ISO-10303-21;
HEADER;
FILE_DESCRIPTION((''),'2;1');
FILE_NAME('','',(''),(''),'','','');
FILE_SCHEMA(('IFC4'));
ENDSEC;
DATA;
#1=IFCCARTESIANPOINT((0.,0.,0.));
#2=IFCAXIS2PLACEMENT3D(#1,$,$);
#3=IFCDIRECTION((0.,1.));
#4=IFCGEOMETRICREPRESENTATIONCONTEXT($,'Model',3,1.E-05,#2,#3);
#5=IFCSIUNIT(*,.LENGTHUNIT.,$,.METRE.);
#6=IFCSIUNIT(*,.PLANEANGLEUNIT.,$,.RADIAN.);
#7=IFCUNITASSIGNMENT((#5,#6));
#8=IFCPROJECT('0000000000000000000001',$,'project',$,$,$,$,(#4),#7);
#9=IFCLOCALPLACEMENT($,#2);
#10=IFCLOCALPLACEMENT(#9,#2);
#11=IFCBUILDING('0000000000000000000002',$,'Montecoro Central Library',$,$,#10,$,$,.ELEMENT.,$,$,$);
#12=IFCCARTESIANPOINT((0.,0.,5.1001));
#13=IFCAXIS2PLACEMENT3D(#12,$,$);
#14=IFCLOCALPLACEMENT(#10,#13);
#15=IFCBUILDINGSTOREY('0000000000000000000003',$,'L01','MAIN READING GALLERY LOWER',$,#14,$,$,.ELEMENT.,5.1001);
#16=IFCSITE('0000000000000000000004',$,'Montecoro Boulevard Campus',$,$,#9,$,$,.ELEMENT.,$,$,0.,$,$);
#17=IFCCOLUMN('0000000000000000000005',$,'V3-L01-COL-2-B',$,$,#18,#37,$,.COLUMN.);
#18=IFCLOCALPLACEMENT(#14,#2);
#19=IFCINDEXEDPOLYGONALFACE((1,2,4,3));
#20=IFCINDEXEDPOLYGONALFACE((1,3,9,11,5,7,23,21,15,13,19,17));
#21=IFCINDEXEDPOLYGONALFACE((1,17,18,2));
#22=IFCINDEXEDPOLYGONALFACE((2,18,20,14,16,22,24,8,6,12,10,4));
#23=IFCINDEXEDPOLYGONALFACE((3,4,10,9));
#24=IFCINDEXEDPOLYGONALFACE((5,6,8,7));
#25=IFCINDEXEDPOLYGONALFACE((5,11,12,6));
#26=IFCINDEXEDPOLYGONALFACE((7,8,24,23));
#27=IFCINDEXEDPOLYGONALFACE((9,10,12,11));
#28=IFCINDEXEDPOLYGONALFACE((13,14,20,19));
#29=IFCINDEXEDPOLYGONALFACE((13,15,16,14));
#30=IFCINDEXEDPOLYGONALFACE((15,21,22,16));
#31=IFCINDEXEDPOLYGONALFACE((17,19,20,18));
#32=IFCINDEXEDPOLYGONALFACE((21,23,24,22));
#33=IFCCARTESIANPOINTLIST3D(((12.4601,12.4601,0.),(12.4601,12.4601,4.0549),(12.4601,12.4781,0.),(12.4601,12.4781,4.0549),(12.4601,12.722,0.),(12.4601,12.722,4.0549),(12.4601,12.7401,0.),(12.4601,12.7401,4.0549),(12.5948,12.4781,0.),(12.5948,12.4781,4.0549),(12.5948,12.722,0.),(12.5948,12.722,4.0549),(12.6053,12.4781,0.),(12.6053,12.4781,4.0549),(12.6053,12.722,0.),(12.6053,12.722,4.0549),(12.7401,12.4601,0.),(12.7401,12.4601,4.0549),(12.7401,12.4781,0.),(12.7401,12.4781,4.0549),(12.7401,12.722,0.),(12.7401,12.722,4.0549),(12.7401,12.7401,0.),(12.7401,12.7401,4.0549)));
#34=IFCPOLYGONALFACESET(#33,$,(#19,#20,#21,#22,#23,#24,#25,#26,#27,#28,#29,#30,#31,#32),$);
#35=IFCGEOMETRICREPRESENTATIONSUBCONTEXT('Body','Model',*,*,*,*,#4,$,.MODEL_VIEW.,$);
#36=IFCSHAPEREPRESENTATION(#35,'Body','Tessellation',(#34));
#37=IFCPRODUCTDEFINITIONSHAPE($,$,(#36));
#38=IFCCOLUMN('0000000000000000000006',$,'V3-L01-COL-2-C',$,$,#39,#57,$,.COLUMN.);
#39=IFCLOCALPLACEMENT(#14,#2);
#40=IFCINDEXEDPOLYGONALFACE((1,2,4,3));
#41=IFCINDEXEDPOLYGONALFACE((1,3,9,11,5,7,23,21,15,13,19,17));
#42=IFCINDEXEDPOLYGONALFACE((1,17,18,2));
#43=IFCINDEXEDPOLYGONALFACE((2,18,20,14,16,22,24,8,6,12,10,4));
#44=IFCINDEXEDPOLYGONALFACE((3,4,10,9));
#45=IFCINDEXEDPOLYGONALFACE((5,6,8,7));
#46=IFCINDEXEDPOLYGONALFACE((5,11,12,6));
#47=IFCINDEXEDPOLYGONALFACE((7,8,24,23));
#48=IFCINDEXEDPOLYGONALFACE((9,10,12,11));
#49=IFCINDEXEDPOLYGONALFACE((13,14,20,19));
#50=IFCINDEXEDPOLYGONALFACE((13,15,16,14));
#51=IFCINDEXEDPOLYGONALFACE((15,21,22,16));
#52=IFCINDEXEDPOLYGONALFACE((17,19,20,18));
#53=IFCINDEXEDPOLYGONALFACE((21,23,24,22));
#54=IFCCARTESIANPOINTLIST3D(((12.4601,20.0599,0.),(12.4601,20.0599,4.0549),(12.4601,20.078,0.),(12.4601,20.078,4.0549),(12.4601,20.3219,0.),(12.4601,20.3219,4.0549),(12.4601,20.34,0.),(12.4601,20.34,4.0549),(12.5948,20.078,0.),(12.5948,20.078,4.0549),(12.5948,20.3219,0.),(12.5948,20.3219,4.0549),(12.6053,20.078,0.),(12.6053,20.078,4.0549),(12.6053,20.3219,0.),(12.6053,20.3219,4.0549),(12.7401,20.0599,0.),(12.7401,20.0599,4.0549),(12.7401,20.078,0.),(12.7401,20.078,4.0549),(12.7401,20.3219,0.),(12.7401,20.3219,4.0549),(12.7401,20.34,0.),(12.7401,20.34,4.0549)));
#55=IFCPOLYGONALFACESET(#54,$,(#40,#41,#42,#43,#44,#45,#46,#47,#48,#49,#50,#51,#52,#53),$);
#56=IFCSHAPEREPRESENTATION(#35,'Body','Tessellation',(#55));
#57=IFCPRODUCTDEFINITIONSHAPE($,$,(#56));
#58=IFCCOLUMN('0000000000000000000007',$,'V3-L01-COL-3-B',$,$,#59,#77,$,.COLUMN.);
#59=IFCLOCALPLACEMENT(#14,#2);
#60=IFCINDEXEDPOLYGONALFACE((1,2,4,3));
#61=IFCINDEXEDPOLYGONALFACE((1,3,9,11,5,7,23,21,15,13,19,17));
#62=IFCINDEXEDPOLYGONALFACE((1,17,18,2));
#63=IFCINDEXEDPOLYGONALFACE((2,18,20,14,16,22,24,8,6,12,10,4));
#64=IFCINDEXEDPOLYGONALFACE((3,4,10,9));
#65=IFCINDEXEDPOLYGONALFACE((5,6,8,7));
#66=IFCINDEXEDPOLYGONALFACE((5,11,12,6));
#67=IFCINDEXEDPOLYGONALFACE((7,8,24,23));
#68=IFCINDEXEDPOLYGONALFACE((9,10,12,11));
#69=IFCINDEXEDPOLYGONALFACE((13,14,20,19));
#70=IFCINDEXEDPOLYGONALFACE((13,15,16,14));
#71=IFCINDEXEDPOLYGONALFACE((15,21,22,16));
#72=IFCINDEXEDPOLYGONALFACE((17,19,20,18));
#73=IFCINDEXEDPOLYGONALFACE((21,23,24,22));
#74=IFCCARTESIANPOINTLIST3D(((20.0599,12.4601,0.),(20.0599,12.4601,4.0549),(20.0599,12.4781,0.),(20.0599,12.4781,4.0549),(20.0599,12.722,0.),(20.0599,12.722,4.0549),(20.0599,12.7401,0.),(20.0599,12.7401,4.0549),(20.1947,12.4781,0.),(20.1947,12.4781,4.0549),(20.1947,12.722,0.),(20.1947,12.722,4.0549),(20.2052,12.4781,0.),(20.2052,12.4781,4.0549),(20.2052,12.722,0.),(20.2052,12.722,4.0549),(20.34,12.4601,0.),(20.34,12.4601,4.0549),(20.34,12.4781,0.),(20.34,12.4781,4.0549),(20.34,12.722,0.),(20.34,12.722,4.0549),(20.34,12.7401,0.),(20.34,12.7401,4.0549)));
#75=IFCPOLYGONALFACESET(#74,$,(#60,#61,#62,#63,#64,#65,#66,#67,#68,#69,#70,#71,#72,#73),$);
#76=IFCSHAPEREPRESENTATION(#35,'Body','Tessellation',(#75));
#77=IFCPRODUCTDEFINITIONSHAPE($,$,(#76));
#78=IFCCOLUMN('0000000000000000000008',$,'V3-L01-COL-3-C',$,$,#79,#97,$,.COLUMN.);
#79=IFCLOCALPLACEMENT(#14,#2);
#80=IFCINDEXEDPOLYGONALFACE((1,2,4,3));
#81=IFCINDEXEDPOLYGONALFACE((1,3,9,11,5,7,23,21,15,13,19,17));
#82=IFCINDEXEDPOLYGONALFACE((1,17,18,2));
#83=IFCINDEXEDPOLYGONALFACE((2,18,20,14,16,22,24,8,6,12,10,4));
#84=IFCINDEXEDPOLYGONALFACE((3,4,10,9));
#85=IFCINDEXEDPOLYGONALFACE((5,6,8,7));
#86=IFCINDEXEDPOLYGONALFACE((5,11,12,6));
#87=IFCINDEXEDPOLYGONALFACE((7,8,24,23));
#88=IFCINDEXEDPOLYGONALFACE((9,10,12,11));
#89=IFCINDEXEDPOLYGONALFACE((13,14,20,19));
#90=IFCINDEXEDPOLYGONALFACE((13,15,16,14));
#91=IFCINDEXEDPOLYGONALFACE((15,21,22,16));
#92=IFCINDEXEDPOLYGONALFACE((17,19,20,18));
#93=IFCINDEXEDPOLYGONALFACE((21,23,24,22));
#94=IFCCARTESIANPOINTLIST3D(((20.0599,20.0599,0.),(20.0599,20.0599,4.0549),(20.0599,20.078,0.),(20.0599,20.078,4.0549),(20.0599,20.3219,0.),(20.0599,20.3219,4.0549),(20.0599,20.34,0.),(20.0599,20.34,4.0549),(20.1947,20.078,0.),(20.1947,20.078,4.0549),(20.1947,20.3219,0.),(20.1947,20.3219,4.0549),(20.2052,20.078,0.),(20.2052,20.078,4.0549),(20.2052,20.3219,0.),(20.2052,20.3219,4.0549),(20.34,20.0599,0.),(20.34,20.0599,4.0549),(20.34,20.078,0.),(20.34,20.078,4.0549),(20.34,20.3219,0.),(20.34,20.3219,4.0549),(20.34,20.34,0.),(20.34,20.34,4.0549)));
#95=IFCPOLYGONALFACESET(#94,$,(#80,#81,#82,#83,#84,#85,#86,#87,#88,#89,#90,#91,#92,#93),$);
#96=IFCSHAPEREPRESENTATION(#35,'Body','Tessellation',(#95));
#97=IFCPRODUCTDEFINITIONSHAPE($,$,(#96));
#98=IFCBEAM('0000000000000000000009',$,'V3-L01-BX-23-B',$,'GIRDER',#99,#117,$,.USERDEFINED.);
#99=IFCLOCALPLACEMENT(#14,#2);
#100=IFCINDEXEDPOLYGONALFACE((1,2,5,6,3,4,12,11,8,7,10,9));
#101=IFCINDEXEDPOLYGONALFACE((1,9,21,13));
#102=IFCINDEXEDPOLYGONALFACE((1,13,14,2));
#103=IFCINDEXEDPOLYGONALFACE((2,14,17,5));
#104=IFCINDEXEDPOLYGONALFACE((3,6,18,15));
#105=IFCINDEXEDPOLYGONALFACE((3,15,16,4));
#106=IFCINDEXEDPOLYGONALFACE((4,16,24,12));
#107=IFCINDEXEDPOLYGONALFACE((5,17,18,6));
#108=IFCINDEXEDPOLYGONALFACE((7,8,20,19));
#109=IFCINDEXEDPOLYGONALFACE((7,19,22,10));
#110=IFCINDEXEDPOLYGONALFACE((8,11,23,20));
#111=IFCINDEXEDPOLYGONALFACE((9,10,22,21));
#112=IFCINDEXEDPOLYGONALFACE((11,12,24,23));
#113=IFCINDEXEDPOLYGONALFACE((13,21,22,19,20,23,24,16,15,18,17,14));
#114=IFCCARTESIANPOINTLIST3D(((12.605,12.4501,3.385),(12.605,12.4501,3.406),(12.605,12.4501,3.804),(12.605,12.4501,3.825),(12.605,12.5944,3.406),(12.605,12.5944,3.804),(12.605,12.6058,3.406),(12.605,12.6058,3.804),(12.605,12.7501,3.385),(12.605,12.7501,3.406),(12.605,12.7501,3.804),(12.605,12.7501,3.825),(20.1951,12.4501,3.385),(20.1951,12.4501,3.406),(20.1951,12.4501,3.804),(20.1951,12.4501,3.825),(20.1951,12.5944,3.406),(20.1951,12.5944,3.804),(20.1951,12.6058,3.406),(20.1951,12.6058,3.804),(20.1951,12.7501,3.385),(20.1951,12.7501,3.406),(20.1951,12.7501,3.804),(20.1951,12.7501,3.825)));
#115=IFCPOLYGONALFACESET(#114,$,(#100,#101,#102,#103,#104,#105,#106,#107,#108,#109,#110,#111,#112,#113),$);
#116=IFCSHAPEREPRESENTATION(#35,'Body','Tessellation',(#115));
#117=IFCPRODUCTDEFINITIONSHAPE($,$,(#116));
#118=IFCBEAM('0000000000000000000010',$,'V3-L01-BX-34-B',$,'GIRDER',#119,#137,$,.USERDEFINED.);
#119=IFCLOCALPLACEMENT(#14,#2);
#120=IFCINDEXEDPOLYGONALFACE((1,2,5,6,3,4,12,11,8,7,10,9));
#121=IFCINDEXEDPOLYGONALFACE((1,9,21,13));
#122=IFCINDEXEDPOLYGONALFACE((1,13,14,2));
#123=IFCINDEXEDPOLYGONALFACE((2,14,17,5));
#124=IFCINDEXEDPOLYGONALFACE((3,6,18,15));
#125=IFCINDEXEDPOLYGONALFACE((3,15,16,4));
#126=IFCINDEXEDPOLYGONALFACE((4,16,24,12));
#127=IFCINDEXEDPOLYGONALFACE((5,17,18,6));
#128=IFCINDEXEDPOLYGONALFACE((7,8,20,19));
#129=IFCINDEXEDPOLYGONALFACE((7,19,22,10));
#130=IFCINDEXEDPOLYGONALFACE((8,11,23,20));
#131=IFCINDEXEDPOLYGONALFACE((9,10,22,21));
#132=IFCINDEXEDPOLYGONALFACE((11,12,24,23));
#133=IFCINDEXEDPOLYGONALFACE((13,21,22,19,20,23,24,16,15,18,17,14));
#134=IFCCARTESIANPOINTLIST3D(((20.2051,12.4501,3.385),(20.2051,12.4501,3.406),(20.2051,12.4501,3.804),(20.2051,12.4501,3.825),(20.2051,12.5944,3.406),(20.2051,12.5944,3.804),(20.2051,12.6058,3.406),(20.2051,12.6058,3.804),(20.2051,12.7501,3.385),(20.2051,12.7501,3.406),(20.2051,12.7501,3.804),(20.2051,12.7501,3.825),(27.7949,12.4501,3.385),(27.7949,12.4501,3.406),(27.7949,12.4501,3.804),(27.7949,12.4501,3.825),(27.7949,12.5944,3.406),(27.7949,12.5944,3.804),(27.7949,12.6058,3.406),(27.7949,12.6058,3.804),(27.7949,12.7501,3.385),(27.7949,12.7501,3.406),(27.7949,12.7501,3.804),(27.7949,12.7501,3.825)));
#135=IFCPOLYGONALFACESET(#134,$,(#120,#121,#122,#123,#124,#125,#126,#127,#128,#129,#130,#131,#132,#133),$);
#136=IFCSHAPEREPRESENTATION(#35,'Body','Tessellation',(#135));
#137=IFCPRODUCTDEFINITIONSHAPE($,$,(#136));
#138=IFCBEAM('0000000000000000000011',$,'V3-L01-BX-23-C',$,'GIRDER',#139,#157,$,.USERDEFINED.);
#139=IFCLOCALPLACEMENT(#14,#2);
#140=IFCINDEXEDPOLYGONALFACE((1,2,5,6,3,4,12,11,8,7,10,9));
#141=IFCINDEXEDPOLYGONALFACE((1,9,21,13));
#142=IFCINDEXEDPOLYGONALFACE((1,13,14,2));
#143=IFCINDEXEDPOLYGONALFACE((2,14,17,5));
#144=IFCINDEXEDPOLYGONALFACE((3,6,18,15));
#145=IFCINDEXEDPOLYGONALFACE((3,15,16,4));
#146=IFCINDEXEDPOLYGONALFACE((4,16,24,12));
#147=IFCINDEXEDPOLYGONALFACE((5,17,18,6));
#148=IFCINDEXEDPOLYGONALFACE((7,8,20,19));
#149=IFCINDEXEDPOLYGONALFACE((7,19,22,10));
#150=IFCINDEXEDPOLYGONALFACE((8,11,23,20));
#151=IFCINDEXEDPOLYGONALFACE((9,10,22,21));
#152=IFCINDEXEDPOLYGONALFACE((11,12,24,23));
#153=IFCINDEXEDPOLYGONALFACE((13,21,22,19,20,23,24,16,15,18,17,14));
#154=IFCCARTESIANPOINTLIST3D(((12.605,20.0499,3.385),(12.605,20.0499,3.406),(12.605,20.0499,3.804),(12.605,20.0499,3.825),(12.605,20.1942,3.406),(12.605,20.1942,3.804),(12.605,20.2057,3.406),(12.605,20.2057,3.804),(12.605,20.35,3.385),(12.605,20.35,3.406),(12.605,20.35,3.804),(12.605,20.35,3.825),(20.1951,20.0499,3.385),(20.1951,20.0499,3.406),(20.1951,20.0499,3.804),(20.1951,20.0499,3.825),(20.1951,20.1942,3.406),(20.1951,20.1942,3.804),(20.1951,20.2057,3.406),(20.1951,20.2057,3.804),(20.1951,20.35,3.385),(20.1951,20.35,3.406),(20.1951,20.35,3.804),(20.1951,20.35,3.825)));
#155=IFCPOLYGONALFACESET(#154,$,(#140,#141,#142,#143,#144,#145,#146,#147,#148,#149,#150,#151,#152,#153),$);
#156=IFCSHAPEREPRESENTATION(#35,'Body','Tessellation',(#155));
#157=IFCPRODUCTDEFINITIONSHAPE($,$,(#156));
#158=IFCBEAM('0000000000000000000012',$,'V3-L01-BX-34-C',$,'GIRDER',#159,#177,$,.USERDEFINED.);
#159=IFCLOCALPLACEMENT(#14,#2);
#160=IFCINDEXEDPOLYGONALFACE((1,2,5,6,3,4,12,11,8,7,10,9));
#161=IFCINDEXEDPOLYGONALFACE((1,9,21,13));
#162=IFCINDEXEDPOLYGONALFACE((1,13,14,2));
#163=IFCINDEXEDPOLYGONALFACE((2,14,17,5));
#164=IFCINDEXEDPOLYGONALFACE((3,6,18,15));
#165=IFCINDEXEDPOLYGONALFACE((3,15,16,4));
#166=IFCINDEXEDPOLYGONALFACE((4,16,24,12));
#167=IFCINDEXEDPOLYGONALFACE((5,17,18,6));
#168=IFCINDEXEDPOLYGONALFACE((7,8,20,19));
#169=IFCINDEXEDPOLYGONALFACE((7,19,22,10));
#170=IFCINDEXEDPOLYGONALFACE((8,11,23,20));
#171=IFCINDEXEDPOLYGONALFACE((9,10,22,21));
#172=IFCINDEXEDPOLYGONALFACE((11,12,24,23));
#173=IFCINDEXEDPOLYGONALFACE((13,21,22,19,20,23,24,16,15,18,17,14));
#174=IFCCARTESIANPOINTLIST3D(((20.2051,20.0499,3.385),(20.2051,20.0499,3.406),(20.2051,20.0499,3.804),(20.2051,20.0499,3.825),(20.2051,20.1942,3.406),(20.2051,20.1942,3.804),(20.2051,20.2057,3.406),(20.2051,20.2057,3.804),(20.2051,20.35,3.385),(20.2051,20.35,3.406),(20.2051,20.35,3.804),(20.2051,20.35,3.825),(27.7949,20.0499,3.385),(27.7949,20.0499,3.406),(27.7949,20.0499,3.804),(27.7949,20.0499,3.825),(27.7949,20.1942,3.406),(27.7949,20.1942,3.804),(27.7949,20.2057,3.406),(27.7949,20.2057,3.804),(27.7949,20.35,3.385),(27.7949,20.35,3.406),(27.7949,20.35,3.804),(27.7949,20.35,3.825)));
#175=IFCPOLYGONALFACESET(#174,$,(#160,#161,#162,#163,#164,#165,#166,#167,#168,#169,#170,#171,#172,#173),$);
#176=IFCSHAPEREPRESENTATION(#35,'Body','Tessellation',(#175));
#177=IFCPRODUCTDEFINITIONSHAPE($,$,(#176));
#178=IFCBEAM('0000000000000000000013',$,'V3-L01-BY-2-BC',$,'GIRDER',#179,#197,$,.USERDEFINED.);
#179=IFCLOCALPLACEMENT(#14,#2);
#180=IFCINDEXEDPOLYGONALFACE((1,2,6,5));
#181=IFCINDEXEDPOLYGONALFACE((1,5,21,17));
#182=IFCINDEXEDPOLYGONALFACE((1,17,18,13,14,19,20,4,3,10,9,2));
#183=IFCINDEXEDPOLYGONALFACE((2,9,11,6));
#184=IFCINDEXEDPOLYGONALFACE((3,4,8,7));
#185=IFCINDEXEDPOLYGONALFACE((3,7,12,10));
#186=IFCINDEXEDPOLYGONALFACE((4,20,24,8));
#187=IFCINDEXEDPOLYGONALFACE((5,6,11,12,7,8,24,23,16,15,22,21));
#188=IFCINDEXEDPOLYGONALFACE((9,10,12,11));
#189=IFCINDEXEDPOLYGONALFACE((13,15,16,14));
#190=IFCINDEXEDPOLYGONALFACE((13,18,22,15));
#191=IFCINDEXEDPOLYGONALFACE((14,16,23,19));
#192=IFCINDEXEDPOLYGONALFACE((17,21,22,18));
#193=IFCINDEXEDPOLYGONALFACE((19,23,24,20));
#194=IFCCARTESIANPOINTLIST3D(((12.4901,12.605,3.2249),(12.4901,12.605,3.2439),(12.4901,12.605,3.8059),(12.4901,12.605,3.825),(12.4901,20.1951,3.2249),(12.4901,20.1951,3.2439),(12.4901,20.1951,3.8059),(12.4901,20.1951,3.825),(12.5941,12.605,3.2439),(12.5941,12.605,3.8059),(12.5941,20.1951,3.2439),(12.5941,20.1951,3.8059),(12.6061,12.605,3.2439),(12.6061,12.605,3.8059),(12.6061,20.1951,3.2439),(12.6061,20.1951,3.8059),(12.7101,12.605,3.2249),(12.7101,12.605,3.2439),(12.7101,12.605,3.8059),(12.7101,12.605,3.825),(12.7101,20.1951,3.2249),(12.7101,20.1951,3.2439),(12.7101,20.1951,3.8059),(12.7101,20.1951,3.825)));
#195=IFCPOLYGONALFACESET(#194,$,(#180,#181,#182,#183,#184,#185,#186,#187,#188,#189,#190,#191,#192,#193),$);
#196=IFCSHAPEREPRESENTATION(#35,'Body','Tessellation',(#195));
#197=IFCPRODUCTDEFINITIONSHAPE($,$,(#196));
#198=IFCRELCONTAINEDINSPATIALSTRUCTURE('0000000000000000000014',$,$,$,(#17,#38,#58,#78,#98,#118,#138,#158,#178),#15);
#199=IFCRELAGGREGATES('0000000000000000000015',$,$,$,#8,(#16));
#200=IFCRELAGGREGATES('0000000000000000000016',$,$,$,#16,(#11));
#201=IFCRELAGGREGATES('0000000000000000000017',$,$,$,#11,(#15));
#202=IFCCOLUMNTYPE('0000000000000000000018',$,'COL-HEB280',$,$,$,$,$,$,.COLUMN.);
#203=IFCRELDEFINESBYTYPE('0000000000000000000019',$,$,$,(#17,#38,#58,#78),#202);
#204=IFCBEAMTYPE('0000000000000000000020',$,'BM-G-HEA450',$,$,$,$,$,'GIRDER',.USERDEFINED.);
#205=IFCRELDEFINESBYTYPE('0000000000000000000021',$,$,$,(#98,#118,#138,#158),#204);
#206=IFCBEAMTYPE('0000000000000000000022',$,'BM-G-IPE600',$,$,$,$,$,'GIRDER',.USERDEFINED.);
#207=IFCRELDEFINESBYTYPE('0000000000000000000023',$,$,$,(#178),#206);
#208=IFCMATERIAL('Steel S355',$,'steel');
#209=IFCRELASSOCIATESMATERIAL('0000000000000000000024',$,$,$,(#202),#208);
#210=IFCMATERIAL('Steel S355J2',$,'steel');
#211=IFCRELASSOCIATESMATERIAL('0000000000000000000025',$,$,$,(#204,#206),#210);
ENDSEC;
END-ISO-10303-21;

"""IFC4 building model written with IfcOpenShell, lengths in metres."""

from ifc_helpers import new_model, si_unit, direction, frame, origin, origin_2d, place, context, subcontext, project, spatial, i_section, extrude, material, material_profile, profile_set, type_object, element, save


model = new_model("IFC4")

# Units and contexts
model_context = context("Model", 3, precision=1e-05, world=origin(), true_north=direction((0.0, 1.0)))
body_context = subcontext(model_context, "Body", "Model", "MODEL_VIEW")
ifc_project = project(units=[si_unit("LENGTHUNIT", "METRE"), si_unit("PLANEANGLEUNIT", "RADIAN")], contexts=[model_context])

# Site, building, storey
site_placement = place(None, origin())
site = spatial("IfcSite", under=ifc_project, at=site_placement, Name="Montecoro Boulevard Campus", CompositionType="ELEMENT", RefElevation=0.0)
building_placement = place(site_placement, origin())
building = spatial("IfcBuilding", under=site, at=building_placement, Name="Montecoro Central Library", CompositionType="ELEMENT")
storey_placement = place(building_placement, frame((0.0, 0.0, 5.1001)))
storey = spatial("IfcBuildingStorey", under=building, at=storey_placement, Name="L01", Description="MAIN READING GALLERY LOWER", CompositionType="ELEMENT", Elevation=5.1001)

# Columns
ifc_material_1 = material(Name="Steel S355", Category="steel")
ifc_material_profile_1 = material_profile(ifc_material_1, i_section(OverallWidth=0.28, OverallDepth=0.28, WebThickness=0.0105, FlangeThickness=0.0181, at=origin_2d()), Name="HEB 280")
ifc_profile_set_1 = profile_set([ifc_material_profile_1], Name="Steel S355")
column_type = type_object("IfcColumnType", Name="COL-HEB280", PredefinedType="COLUMN", material=ifc_profile_set_1)
for number, where, z_axis, x_axis, name in (
    (1, (12.6001, 12.6001, 0.0), (0.0, 0.0, 1.0), (1.0, 0.0, 0.0), "V3-L01-COL-2-B"),
    (2, (12.6001, 20.2, 0.0), (0.0, 0.0, 1.0), (1.0, 0.0, 0.0), "V3-L01-COL-2-C"),
    (3, (20.2, 12.6001, 0.0), (0.0, 0.0, 1.0), (1.0, 0.0, 0.0), "V3-L01-COL-3-B"),
    (4, (20.2, 20.2, 0.0), (0.0, 0.0, 1.0), (1.0, 0.0, 0.0), "V3-L01-COL-3-C"),
):
    element("IfcColumn", number, at=place(storey_placement, frame(where, z_axis=z_axis, x_axis=x_axis)), inside=storey, type_object=column_type, Name=name, PredefinedType="COLUMN", context=body_context, shape_type="SweptSolid", body=[
        extrude(i_section(OverallWidth=0.28, OverallDepth=0.28, WebThickness=0.0105, FlangeThickness=0.0181, at=origin_2d()), origin(), (0.0, 0.0, 1.0), 4.0549),
    ])

# Beams
ifc_material_2 = material(Name="Steel S355J2", Category="steel")
ifc_material_profile_2 = material_profile(ifc_material_2, i_section(OverallWidth=0.3, OverallDepth=0.4399, WebThickness=0.0115, FlangeThickness=0.021, at=origin_2d()), Name="HEA 450")
ifc_profile_set_2 = profile_set([ifc_material_profile_2], Name="Steel S355J2")
beam_type_1 = type_object("IfcBeamType", Name="BM-G-HEA450", ElementType="GIRDER", PredefinedType="USERDEFINED", material=ifc_profile_set_2)
beam_1_placement = place(storey_placement, frame((12.605, 12.6001, 3.605), z_axis=(1.0, 0.0, 0.0), x_axis=(0.0, 1.0, 0.0)))
element("IfcBeam", 5, at=beam_1_placement, inside=storey, type_object=beam_type_1, Name="V3-L01-BX-23-B", ObjectType="GIRDER", PredefinedType="USERDEFINED", context=body_context, shape_type="SweptSolid", body=[
    extrude(i_section(OverallWidth=0.3, OverallDepth=0.4399, WebThickness=0.0115, FlangeThickness=0.021, at=origin_2d()), origin(), (0.0, 0.0, 1.0), 7.5901),
])
beam_2_placement = place(storey_placement, frame((20.2051, 12.6001, 3.605), z_axis=(1.0, 0.0, 0.0), x_axis=(0.0, 1.0, 0.0)))
element("IfcBeam", 6, at=beam_2_placement, inside=storey, type_object=beam_type_1, Name="V3-L01-BX-34-B", ObjectType="GIRDER", PredefinedType="USERDEFINED", context=body_context, shape_type="SweptSolid", body=[
    extrude(i_section(OverallWidth=0.3, OverallDepth=0.4399, WebThickness=0.0115, FlangeThickness=0.021, at=origin_2d()), origin(), (0.0, 0.0, 1.0), 7.5898),
])
beam_3_placement = place(storey_placement, frame((12.605, 20.2, 3.605), z_axis=(1.0, 0.0, 0.0), x_axis=(0.0, 1.0, 0.0)))
element("IfcBeam", 7, at=beam_3_placement, inside=storey, type_object=beam_type_1, Name="V3-L01-BX-23-C", ObjectType="GIRDER", PredefinedType="USERDEFINED", context=body_context, shape_type="SweptSolid", body=[
    extrude(i_section(OverallWidth=0.3, OverallDepth=0.4399, WebThickness=0.0115, FlangeThickness=0.021, at=origin_2d()), origin(), (0.0, 0.0, 1.0), 7.5901),
])
beam_4_placement = place(storey_placement, frame((20.2051, 20.2, 3.605), z_axis=(1.0, 0.0, 0.0), x_axis=(0.0, 1.0, 0.0)))
element("IfcBeam", 8, at=beam_4_placement, inside=storey, type_object=beam_type_1, Name="V3-L01-BX-34-C", ObjectType="GIRDER", PredefinedType="USERDEFINED", context=body_context, shape_type="SweptSolid", body=[
    extrude(i_section(OverallWidth=0.3, OverallDepth=0.4399, WebThickness=0.0115, FlangeThickness=0.021, at=origin_2d()), origin(), (0.0, 0.0, 1.0), 7.5898),
])
ifc_material_profile_3 = material_profile(ifc_material_2, i_section(OverallWidth=0.22, OverallDepth=0.6001, WebThickness=0.012, FlangeThickness=0.019, at=origin_2d()), Name="IPE 600")
ifc_profile_set_3 = profile_set([ifc_material_profile_3], Name="Steel S355J2")
beam_type_2 = type_object("IfcBeamType", Name="BM-G-IPE600", ElementType="GIRDER", PredefinedType="USERDEFINED", material=ifc_profile_set_3)
beam_5_placement = place(storey_placement, frame((12.6001, 12.605, 3.5249), z_axis=(0.0, 1.0, 0.0), x_axis=(-1.0, 0.0, 0.0)))
element("IfcBeam", 9, at=beam_5_placement, inside=storey, type_object=beam_type_2, Name="V3-L01-BY-2-BC", ObjectType="GIRDER", PredefinedType="USERDEFINED", context=body_context, shape_type="SweptSolid", body=[
    extrude(i_section(OverallWidth=0.22, OverallDepth=0.6001, WebThickness=0.012, FlangeThickness=0.019, at=origin_2d()), origin(), (0.0, 0.0, 1.0), 7.5901),
])

save(model, "model.ifc")
